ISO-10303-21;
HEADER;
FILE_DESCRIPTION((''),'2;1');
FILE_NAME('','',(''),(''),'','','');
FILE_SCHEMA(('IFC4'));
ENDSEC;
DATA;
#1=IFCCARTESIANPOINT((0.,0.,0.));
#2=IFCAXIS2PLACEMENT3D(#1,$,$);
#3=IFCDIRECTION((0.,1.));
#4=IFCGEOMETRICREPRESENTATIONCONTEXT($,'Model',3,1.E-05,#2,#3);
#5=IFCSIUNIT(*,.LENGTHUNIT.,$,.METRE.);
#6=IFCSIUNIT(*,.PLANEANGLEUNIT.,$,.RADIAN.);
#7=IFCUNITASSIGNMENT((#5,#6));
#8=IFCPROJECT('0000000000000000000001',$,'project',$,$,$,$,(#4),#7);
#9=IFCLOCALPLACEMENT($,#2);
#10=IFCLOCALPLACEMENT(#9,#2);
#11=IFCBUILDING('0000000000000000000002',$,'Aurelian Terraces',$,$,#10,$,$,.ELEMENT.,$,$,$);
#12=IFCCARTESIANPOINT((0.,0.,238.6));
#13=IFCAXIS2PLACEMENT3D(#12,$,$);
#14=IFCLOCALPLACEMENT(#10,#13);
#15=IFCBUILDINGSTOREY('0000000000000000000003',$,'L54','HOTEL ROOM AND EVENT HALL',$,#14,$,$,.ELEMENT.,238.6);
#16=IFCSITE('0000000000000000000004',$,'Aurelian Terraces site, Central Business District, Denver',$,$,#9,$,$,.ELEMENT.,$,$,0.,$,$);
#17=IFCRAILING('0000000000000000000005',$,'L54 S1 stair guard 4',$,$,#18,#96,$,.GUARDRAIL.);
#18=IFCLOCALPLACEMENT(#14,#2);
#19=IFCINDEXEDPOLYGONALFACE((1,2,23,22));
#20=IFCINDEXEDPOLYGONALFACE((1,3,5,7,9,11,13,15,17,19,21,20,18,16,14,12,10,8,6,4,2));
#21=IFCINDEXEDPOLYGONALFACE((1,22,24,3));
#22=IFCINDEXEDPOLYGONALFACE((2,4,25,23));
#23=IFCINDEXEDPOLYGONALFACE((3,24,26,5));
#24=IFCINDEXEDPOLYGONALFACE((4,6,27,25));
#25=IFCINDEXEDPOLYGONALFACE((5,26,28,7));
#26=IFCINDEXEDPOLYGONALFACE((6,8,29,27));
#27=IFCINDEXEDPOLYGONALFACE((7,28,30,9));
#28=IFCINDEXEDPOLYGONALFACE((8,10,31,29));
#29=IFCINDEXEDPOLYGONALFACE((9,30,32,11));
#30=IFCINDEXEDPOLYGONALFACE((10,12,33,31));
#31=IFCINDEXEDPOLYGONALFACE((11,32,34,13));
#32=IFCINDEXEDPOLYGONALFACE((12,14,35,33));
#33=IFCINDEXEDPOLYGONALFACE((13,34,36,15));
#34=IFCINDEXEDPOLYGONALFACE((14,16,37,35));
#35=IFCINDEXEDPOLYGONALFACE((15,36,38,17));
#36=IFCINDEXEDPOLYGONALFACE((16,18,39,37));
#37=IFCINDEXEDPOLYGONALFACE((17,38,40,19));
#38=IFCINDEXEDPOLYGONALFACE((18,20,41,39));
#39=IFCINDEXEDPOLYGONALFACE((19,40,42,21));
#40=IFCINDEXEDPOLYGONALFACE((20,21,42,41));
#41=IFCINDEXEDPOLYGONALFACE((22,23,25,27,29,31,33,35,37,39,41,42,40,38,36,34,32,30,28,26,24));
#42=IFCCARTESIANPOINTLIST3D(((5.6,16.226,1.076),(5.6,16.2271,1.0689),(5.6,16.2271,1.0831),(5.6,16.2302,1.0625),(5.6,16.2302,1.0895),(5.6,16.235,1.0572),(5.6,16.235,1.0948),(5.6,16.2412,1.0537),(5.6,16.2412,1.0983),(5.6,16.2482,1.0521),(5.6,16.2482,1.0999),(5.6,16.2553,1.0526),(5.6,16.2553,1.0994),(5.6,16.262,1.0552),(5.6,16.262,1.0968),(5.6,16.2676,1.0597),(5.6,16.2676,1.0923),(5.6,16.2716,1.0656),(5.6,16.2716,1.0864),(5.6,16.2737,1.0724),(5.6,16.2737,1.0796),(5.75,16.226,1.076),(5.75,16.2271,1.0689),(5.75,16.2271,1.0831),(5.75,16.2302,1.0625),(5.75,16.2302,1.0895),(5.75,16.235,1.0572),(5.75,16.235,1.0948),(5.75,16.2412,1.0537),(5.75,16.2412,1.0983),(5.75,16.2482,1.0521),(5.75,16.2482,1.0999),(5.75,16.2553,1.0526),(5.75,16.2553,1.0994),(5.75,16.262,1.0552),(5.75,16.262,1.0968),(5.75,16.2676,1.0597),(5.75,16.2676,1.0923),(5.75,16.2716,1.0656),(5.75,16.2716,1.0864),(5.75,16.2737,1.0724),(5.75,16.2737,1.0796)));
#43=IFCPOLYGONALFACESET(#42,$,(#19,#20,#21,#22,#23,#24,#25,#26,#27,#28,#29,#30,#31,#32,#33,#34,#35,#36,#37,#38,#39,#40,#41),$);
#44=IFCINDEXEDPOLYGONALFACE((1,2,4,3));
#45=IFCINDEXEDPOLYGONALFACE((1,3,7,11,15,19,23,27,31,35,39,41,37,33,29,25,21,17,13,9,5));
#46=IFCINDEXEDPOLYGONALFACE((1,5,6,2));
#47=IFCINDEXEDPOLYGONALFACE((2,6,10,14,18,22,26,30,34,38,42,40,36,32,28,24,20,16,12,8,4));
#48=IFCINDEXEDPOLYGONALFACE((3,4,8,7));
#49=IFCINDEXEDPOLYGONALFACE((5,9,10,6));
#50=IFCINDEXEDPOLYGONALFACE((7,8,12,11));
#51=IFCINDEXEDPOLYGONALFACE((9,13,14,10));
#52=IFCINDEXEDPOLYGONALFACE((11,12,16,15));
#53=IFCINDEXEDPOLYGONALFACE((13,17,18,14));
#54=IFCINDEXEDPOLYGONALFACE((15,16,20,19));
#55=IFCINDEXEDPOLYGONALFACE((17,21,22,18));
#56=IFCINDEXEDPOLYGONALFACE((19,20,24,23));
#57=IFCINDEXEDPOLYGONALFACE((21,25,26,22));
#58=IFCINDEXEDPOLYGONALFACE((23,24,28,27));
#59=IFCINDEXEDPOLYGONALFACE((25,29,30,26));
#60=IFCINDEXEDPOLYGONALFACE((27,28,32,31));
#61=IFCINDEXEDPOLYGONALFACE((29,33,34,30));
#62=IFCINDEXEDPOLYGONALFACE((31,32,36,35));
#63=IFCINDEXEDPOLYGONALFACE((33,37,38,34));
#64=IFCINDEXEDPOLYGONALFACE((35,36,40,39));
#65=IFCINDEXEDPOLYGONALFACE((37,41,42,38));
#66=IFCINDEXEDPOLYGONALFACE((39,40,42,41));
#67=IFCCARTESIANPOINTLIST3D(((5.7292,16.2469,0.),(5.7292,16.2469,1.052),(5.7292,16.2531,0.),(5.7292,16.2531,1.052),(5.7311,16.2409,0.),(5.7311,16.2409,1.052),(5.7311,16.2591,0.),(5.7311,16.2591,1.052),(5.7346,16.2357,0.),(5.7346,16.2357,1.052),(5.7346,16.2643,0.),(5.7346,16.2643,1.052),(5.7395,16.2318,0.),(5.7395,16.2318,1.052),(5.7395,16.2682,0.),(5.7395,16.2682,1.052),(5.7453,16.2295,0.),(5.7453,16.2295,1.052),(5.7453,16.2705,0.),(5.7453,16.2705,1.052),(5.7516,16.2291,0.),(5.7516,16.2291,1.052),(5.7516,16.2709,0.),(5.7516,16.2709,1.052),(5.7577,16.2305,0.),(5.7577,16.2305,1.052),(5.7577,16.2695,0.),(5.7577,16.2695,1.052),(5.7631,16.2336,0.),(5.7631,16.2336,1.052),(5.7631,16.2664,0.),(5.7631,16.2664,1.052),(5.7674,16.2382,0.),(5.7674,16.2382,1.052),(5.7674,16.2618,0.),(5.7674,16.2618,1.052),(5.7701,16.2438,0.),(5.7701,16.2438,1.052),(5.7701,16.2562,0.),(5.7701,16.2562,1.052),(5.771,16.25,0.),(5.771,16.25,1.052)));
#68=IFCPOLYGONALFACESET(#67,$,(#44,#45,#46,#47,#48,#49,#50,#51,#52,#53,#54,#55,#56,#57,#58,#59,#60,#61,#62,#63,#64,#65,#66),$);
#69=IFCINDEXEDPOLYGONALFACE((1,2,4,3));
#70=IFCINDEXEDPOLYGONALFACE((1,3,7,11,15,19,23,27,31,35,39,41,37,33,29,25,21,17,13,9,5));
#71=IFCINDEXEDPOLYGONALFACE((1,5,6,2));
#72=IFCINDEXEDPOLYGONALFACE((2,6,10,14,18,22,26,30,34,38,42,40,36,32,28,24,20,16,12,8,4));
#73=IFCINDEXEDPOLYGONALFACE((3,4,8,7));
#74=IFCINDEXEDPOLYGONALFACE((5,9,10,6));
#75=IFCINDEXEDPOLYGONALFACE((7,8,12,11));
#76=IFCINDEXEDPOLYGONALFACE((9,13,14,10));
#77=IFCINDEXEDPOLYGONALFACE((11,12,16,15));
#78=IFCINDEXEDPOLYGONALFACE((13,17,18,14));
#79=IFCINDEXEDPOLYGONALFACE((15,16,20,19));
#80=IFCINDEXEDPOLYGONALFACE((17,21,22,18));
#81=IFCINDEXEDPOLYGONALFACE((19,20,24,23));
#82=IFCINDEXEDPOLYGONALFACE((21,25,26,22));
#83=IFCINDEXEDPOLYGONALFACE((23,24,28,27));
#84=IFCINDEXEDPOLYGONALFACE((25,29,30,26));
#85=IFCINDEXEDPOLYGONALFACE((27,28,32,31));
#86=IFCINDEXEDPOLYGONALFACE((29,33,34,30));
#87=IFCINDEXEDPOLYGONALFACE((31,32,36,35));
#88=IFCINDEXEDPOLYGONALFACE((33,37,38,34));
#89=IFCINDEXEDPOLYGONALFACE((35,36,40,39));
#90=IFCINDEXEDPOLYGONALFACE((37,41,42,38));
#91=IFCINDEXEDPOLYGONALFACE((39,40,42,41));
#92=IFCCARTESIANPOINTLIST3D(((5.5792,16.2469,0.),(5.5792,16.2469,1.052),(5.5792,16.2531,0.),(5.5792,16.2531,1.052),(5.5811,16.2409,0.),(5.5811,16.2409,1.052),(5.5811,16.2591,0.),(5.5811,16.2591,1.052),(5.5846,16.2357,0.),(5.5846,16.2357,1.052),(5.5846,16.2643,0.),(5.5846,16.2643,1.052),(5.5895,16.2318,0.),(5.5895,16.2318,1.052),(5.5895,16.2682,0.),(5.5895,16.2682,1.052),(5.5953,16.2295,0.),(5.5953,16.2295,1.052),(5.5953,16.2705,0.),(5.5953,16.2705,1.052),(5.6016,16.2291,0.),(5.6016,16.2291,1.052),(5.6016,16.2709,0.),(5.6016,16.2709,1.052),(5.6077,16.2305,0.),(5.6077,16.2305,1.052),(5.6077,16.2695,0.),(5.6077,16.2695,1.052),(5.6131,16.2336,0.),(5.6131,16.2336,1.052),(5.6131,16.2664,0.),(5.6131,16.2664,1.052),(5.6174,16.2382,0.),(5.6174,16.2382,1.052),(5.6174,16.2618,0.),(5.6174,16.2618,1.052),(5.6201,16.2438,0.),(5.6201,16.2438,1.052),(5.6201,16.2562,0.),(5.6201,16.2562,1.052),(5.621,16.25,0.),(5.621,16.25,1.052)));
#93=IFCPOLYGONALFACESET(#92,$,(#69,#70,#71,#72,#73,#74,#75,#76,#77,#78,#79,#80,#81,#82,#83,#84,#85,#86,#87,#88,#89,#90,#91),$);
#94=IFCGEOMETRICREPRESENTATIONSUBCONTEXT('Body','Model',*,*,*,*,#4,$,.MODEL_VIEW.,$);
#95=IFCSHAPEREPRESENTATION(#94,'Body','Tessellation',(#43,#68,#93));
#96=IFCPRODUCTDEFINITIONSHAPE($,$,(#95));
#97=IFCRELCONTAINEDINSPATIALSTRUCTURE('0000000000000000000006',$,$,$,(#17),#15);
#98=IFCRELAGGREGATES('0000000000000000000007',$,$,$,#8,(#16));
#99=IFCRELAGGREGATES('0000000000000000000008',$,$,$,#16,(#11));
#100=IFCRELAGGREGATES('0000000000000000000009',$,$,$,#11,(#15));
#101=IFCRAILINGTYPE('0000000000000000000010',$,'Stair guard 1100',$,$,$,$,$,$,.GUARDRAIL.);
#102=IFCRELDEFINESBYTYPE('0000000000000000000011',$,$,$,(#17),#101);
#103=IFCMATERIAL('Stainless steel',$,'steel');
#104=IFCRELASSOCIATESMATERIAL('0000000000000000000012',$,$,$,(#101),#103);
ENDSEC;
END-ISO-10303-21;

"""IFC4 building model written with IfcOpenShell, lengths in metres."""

from ifc_helpers import new_model, si_unit, direction, frame, origin, origin_2d, place, context, subcontext, project, spatial, circle, extrude, source, transform, mapped, material, type_object, element, save


model = new_model("IFC4")

# Units and contexts
model_context = context("Model", 3, precision=1e-05, world=origin(), true_north=direction((0.0, 1.0)))
body_context = subcontext(model_context, "Body", "Model", "MODEL_VIEW")
ifc_project = project(units=[si_unit("LENGTHUNIT", "METRE"), si_unit("PLANEANGLEUNIT", "RADIAN")], contexts=[model_context])

# Site, building, storey
site_placement = place(None, origin())
site = spatial("IfcSite", under=ifc_project, at=site_placement, Name="Aurelian Terraces site, Central Business District, Denver", CompositionType="ELEMENT", RefElevation=0.0)
building_placement = place(site_placement, origin())
building = spatial("IfcBuilding", under=site, at=building_placement, Name="Aurelian Terraces", CompositionType="ELEMENT")
storey_placement = place(building_placement, frame((0.0, 0.0, 238.6)))
storey = spatial("IfcBuildingStorey", under=building, at=storey_placement, Name="L54", Description="HOTEL ROOM AND EVENT HALL", CompositionType="ELEMENT", Elevation=238.6)

# Railing
ifc_material_1 = material(Name="Stainless steel", Category="steel")
railing_type_1 = type_object("IfcRailingType", Name="Stair guard 1100", PredefinedType="GUARDRAIL", material=ifc_material_1)
shared_shape_1 = source(origin(), body_context, "Body", "SweptSolid", [
    extrude(circle(Radius=0.024, at=origin_2d()), frame((0.0, 0.0, 1.076), z_axis=(-1.0, 0.0, 0.0), x_axis=(0.0, -1.0, 0.0)), (0.0, 0.0, 1.0), 0.15),
    extrude(circle(Radius=0.021, at=origin_2d()), origin(), (0.0, 0.0, 1.0), 1.052),
    extrude(circle(Radius=0.021, at=origin_2d()), frame((-0.15, 0.0, 0.0)), (0.0, 0.0, 1.0), 1.052),
])
railing_1_placement = place(storey_placement, frame((5.75, 16.25, 0.0)))
element("IfcRailing", 1, at=railing_1_placement, inside=storey, type_object=railing_type_1, Name="L54 S1 stair guard 4", PredefinedType="GUARDRAIL", context=body_context, shape_type="MappedRepresentation", body=[
    mapped(shared_shape_1, transform((0.0, 0.0, 0.0), scale=1.0)),
])

save(model, "model.ifc")
